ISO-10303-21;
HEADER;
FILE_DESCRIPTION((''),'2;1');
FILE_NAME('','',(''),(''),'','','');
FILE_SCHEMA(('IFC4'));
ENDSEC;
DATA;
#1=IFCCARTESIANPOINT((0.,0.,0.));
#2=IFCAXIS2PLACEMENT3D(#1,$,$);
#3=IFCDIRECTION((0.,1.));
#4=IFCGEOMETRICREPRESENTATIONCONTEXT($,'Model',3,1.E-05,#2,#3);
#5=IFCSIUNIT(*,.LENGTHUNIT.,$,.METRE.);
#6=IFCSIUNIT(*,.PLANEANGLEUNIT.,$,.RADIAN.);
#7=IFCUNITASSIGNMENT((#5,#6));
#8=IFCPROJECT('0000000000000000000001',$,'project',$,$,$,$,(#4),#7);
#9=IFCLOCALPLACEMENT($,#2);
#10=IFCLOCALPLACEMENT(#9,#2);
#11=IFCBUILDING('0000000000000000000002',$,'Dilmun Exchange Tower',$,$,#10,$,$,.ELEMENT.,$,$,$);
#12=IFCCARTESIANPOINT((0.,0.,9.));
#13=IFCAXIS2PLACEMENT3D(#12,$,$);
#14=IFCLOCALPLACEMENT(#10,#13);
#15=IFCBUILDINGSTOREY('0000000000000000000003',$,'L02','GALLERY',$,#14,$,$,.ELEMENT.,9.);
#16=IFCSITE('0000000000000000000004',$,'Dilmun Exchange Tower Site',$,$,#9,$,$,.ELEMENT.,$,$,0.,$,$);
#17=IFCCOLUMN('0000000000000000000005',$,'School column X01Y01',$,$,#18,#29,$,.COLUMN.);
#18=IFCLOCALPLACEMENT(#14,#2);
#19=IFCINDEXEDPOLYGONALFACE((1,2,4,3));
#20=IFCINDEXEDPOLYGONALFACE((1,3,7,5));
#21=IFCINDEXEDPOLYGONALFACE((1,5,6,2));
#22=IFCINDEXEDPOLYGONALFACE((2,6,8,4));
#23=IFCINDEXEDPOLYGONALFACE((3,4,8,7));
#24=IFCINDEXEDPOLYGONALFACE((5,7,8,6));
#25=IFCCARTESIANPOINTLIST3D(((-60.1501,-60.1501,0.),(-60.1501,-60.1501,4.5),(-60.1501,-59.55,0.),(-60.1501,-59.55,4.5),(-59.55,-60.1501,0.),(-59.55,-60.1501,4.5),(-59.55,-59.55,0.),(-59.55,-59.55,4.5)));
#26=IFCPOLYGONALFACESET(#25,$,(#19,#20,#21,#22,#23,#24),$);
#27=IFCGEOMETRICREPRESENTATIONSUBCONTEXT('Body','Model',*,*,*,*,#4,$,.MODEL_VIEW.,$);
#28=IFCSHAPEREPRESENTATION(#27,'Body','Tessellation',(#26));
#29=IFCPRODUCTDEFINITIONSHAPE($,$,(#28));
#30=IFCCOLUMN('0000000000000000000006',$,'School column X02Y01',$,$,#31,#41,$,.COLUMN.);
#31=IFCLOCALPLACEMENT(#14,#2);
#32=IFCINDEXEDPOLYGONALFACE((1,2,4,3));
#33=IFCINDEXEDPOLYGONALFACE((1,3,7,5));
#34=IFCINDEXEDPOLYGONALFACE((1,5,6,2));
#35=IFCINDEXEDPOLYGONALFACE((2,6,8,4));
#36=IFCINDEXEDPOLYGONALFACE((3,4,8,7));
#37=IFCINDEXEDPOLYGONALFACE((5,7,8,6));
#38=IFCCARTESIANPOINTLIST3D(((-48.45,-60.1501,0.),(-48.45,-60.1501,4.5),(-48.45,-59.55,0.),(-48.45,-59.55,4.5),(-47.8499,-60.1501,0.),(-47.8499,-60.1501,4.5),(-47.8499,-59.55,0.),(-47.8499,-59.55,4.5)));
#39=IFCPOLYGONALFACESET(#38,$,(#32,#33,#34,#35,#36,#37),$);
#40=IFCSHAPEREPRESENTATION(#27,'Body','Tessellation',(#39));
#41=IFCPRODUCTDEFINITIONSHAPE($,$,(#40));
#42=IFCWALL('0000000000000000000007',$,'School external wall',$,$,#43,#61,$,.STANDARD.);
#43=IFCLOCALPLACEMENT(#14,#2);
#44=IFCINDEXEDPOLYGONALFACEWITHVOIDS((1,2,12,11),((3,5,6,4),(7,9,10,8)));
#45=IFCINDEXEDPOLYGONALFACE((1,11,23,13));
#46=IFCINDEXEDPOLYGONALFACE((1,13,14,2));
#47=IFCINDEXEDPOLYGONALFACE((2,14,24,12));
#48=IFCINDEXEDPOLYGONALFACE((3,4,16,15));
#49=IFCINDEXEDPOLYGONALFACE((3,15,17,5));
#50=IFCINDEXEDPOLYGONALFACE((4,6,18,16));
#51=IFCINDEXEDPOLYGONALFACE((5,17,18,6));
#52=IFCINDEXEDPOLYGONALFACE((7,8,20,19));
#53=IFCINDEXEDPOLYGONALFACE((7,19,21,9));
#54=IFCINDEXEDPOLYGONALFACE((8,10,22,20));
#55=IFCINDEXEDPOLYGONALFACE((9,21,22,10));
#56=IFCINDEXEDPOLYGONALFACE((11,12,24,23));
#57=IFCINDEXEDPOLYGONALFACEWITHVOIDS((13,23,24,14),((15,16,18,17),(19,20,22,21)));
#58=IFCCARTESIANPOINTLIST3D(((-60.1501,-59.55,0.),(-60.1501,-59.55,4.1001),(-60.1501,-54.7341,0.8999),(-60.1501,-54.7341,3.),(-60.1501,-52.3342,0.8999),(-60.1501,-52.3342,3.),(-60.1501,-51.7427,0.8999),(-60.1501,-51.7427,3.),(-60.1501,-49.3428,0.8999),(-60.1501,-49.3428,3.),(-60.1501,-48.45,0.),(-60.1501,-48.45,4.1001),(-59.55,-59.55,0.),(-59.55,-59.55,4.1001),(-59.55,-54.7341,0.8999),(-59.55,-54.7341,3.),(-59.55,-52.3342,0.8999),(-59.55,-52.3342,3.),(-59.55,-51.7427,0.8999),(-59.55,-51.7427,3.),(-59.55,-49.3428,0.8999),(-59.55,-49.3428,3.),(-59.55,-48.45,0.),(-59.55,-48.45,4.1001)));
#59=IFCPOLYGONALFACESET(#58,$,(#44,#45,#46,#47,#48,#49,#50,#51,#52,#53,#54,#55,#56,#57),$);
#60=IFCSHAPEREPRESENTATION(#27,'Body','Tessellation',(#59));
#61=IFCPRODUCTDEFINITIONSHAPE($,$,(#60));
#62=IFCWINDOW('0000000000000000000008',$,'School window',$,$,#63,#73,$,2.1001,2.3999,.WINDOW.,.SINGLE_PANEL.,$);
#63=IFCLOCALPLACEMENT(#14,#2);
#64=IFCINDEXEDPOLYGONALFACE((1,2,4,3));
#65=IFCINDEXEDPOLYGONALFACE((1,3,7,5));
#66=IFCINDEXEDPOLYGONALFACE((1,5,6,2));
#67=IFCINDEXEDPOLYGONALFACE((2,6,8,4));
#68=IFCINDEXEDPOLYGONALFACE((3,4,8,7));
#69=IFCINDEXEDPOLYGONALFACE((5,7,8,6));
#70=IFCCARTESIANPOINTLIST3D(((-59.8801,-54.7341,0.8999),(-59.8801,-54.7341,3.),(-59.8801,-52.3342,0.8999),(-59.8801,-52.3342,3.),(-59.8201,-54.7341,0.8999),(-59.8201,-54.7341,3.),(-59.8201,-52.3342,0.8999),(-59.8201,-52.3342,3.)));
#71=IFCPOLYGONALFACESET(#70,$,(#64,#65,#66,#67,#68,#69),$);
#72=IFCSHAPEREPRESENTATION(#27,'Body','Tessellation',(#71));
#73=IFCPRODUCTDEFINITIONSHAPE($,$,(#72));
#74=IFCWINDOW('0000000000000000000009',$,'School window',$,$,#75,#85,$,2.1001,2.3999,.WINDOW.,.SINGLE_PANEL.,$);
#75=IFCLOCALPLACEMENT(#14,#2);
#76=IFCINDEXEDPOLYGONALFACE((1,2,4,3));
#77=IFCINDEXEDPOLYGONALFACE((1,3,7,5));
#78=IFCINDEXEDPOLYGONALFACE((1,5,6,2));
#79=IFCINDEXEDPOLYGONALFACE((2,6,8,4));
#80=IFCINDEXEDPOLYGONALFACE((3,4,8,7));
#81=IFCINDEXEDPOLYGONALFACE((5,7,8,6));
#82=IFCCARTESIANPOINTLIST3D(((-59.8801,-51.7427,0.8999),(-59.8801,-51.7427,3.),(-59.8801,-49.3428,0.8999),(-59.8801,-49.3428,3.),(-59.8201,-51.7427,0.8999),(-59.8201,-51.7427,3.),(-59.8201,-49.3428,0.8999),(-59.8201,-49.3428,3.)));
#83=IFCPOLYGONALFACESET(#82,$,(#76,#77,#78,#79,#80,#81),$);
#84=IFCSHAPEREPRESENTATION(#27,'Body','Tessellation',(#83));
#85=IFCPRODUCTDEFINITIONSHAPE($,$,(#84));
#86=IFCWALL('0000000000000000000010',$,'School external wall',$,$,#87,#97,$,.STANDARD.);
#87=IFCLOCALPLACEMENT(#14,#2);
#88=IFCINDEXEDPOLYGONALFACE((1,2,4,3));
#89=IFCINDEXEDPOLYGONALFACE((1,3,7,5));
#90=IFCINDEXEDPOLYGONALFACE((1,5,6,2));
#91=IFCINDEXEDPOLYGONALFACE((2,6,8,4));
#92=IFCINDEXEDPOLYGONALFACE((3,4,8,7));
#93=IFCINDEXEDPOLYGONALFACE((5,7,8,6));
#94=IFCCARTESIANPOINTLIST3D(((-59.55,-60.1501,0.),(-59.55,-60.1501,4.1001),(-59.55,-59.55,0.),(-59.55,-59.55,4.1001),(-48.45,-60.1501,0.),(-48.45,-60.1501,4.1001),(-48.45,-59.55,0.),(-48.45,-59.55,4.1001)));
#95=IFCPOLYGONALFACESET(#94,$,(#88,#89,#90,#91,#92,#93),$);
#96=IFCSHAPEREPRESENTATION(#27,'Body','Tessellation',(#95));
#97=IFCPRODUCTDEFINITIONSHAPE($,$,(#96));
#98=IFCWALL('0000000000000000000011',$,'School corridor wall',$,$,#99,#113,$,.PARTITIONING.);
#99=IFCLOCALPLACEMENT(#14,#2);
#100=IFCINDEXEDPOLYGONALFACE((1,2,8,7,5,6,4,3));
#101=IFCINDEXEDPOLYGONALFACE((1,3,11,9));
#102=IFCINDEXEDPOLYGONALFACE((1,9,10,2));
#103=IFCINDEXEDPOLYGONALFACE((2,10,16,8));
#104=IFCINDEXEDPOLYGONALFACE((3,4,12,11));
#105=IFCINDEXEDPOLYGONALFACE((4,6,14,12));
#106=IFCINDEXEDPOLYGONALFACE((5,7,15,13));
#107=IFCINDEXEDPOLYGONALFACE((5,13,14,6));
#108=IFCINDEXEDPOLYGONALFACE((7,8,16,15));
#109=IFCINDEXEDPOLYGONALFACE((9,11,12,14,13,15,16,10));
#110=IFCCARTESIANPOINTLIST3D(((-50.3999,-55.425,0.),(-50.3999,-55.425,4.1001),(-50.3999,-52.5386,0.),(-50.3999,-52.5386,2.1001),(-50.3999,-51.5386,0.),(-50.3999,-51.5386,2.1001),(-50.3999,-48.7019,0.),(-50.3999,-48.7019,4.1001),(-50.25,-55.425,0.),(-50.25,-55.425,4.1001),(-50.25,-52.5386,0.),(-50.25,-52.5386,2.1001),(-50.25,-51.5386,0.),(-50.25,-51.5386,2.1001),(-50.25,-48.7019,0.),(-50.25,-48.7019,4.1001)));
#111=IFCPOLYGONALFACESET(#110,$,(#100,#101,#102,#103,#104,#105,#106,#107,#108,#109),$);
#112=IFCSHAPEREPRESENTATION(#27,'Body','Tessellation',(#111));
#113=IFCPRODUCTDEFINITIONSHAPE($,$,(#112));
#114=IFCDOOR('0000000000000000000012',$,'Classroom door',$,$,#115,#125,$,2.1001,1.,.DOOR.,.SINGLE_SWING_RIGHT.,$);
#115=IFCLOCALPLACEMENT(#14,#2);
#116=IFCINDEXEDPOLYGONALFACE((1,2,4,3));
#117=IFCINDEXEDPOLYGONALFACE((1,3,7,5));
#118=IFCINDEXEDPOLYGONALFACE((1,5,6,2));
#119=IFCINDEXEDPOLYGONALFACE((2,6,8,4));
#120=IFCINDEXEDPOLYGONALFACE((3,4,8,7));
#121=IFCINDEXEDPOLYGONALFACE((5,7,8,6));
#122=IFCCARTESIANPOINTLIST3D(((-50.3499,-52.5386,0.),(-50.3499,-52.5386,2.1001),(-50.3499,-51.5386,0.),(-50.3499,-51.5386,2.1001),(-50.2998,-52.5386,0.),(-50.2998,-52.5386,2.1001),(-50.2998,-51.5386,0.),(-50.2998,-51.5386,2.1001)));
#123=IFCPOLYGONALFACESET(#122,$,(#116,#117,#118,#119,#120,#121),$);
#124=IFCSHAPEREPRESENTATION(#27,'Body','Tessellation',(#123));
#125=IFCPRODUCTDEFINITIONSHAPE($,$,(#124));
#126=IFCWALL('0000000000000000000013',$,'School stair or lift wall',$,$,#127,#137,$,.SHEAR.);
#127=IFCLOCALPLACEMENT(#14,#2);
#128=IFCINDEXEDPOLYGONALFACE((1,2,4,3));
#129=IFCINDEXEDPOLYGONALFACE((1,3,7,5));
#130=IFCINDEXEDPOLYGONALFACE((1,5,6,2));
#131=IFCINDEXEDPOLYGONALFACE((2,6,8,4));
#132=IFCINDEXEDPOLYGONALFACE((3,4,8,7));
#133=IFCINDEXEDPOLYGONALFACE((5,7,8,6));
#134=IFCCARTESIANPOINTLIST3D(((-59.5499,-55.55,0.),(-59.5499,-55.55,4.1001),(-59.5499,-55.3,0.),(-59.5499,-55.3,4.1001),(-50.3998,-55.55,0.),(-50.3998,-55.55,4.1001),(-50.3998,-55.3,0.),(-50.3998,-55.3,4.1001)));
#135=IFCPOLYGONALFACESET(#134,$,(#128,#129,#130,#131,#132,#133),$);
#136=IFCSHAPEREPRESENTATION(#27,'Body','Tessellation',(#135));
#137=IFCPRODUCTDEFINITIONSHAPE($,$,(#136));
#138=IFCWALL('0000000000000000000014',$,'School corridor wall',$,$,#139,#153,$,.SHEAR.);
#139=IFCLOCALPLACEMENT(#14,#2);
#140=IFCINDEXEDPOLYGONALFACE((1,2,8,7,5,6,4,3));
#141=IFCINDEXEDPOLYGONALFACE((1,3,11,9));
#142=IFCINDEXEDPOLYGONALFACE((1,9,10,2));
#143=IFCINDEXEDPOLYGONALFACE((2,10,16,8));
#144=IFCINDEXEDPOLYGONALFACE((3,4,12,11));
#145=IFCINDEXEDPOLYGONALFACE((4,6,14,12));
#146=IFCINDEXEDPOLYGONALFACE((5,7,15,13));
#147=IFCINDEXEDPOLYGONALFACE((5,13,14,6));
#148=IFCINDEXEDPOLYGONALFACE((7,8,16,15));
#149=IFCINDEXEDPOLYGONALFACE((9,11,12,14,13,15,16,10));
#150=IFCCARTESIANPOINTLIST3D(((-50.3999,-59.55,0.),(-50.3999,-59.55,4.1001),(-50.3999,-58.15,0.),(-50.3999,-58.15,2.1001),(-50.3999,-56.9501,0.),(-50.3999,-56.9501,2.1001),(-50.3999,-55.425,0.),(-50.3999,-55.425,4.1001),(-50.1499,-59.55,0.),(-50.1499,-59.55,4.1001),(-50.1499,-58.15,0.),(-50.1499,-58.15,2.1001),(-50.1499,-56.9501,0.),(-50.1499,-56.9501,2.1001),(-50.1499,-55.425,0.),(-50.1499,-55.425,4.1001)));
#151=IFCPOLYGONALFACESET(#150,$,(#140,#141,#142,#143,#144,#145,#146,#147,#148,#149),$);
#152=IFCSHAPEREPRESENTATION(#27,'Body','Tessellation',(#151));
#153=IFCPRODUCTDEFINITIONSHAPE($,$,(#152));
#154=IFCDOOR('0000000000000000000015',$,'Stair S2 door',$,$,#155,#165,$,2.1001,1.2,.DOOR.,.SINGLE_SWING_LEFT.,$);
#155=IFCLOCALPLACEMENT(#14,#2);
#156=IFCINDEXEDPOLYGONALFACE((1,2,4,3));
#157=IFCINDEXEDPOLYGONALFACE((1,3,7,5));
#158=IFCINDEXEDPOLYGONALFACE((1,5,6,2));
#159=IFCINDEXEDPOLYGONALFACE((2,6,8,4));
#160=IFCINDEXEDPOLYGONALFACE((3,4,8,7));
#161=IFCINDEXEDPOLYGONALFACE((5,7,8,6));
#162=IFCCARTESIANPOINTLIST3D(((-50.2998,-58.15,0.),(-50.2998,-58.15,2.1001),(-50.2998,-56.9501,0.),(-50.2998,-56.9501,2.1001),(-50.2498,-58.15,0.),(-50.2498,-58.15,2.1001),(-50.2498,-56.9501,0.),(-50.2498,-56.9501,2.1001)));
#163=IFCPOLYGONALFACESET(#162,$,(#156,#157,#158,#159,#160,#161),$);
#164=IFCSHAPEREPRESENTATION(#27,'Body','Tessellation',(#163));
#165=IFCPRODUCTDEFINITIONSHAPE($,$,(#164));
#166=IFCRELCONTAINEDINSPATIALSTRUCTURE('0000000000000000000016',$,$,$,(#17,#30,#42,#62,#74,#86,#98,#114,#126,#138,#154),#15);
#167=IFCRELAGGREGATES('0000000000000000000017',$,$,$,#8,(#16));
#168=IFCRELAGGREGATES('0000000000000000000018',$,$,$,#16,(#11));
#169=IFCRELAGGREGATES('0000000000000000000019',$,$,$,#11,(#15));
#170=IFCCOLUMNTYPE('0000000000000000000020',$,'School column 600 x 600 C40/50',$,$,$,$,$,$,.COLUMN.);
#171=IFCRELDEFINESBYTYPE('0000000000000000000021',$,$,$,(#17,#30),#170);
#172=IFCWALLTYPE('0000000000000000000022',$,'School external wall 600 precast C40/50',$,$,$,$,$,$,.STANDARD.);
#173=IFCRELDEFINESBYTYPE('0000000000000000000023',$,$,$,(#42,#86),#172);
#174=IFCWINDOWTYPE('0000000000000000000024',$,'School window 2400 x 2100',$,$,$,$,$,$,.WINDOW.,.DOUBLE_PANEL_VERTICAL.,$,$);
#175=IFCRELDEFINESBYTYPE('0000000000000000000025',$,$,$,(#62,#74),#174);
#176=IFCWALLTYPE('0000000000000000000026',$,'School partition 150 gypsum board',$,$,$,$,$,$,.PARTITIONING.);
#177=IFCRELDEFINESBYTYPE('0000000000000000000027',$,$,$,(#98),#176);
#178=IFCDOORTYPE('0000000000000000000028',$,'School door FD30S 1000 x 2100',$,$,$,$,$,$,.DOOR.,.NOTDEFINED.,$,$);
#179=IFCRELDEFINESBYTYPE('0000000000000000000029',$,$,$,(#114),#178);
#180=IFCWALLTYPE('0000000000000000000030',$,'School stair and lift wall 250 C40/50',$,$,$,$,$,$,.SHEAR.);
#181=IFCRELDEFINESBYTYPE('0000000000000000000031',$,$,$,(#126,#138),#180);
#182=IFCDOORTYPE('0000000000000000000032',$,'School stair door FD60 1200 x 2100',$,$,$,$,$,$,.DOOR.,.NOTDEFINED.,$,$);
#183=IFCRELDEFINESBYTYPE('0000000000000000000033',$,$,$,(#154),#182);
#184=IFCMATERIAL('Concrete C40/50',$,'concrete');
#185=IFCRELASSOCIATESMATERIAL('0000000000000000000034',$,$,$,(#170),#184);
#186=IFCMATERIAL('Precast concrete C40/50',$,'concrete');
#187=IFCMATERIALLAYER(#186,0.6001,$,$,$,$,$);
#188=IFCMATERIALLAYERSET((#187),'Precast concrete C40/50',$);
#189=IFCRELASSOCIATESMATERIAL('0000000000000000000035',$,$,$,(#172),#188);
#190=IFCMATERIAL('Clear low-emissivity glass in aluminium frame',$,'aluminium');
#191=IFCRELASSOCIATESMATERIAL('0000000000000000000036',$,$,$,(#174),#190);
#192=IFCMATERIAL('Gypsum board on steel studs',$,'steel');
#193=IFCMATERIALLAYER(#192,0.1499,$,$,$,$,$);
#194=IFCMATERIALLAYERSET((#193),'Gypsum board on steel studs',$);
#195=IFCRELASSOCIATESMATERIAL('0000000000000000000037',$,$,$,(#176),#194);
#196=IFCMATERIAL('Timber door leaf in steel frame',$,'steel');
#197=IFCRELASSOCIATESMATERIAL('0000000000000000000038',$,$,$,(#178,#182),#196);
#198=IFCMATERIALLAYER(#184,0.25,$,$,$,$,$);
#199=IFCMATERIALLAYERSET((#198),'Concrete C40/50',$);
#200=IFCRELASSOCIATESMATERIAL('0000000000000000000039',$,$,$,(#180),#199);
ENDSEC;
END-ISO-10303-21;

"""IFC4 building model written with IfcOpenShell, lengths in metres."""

from ifc_helpers import new_model, si_unit, direction, frame, frame_2d, origin, origin_2d, place, context, subcontext, project, spatial, rectangle, extrude, material, layer, layer_set, material_profile, profile_set, type_object, element, fill, save


model = new_model("IFC4")

# Units and contexts
model_context = context("Model", 3, precision=1e-05, world=origin(), true_north=direction((0.0, 1.0)))
body_context = subcontext(model_context, "Body", "Model", "MODEL_VIEW")
ifc_project = project(units=[si_unit("LENGTHUNIT", "METRE"), si_unit("PLANEANGLEUNIT", "RADIAN")], contexts=[model_context])

# Site, building, storey
site_placement = place(None, origin())
site = spatial("IfcSite", under=ifc_project, at=site_placement, Name="Dilmun Exchange Tower Site", CompositionType="ELEMENT", RefElevation=0.0)
building_placement = place(site_placement, origin())
building = spatial("IfcBuilding", under=site, at=building_placement, Name="Dilmun Exchange Tower", CompositionType="ELEMENT")
storey_placement = place(building_placement, frame((0.0, 0.0, 9.0)))
storey = spatial("IfcBuildingStorey", under=building, at=storey_placement, Name="L02", Description="GALLERY", CompositionType="ELEMENT", Elevation=9.0)

# Columns
ifc_material_1 = material(Name="Concrete C40/50", Category="concrete")
ifc_material_profile = material_profile(ifc_material_1, rectangle(XDim=0.6001, YDim=0.6001, at=origin_2d()), Name="600 x 600")
ifc_profile_set = profile_set([ifc_material_profile], Name="Concrete C40/50")
column_type = type_object("IfcColumnType", Name="School column 600 x 600 C40/50", PredefinedType="COLUMN", material=ifc_profile_set)
for number, where, z_axis, x_axis, name in (
    (1, (-59.8501, -59.8501, 0.0), (0.0, 0.0, 1.0), (1.0, 0.0, 0.0), "School column X01Y01"),
    (2, (-48.1499, -59.8501, 0.0), (0.0, 0.0, 1.0), (1.0, 0.0, 0.0), "School column X02Y01"),
):
    element("IfcColumn", number, at=place(storey_placement, frame(where, z_axis=z_axis, x_axis=x_axis)), inside=storey, type_object=column_type, Name=name, PredefinedType="COLUMN", context=body_context, shape_type="SweptSolid", body=[
        extrude(rectangle(XDim=0.6001, YDim=0.6001, at=origin_2d()), origin(), (0.0, 0.0, 1.0), 4.5),
    ])

# Wall, openings, windows
ifc_material_2 = material(Name="Precast concrete C40/50", Category="concrete")
ifc_layer_1 = layer(ifc_material_2, 0.6001)
ifc_layer_set_1 = layer_set([ifc_layer_1], Name="Precast concrete C40/50")
wall_type_1 = type_object("IfcWallType", Name="School external wall 600 precast C40/50", PredefinedType="STANDARD", material=ifc_layer_set_1)
wall_1_placement = place(storey_placement, frame((-59.8501, -59.55, 0.0), z_axis=(0.0, 0.0, 1.0), x_axis=(0.0, 1.0, 0.0)))
wall_1 = element("IfcWall", 3, at=wall_1_placement, inside=storey, type_object=wall_type_1, Name="School external wall", PredefinedType="STANDARD", context=body_context, shape_type="SweptSolid", body=[
    extrude(rectangle(XDim=11.1001, YDim=0.6001, at=frame_2d((5.55, 0.0))), origin(), (0.0, 0.0, 1.0), 4.1001),
])
opening_1_placement = place(wall_1_placement, frame((4.8159, 0.0, 0.8999)))
opening_1 = element("IfcOpeningElement", 4, at=opening_1_placement, cuts=wall_1, PredefinedType="OPENING", context=body_context, shape_type="SweptSolid", body=[
    extrude(rectangle(XDim=2.3999, YDim=2.1001, at=frame_2d((1.2, 1.05))), frame((0.0, 0.3101, 0.0), z_axis=(0.0, -1.0, 0.0), x_axis=(1.0, 0.0, 0.0)), (0.0, 0.0, 1.0), 0.6201),
])
opening_2_placement = place(wall_1_placement, frame((7.8074, 0.0, 0.8999)))
opening_2 = element("IfcOpeningElement", 5, at=opening_2_placement, cuts=wall_1, PredefinedType="OPENING", context=body_context, shape_type="SweptSolid", body=[
    extrude(rectangle(XDim=2.3999, YDim=2.1001, at=frame_2d((1.2, 1.05))), frame((0.0, 0.3101, 0.0), z_axis=(0.0, -1.0, 0.0), x_axis=(1.0, 0.0, 0.0)), (0.0, 0.0, 1.0), 0.6201),
])
ifc_material_3 = material(Name="Clear low-emissivity glass in aluminium frame", Category="aluminium")
window_type = type_object("IfcWindowType", Name="School window 2400 x 2100", PartitioningType="DOUBLE_PANEL_VERTICAL", PredefinedType="WINDOW", material=ifc_material_3)
window_1_placement = place(opening_1_placement, origin())
window_1 = element("IfcWindow", 6, at=window_1_placement, inside=storey, type_object=window_type, Name="School window", OverallHeight=2.1001, OverallWidth=2.3999, PartitioningType="SINGLE_PANEL", PredefinedType="WINDOW", context=body_context, shape_type="SweptSolid", body=[
    extrude(rectangle(XDim=2.3999, YDim=2.1001, at=frame_2d((1.2, 1.05))), frame((0.0, 0.03, 0.0), z_axis=(0.0, -1.0, 0.0), x_axis=(1.0, 0.0, 0.0)), (0.0, 0.0, 1.0), 0.0601),
])
fill(opening_1, window_1)
window_2_placement = place(opening_2_placement, origin())
window_2 = element("IfcWindow", 7, at=window_2_placement, inside=storey, type_object=window_type, Name="School window", OverallHeight=2.1001, OverallWidth=2.3999, PartitioningType="SINGLE_PANEL", PredefinedType="WINDOW", context=body_context, shape_type="SweptSolid", body=[
    extrude(rectangle(XDim=2.3999, YDim=2.1001, at=frame_2d((1.2, 1.05))), frame((0.0, 0.03, 0.0), z_axis=(0.0, -1.0, 0.0), x_axis=(1.0, 0.0, 0.0)), (0.0, 0.0, 1.0), 0.0601),
])
fill(opening_2, window_2)

# Wall
wall_2_placement = place(storey_placement, frame((-48.45, -59.8501, 0.0), z_axis=(0.0, 0.0, 1.0), x_axis=(-1.0, 0.0, 0.0)))
element("IfcWall", 8, at=wall_2_placement, inside=storey, type_object=wall_type_1, Name="School external wall", PredefinedType="STANDARD", context=body_context, shape_type="SweptSolid", body=[
    extrude(rectangle(XDim=11.1001, YDim=0.6001, at=frame_2d((5.55, 0.0))), origin(), (0.0, 0.0, 1.0), 4.1001),
])

# Wall, opening, door
ifc_material_4 = material(Name="Gypsum board on steel studs", Category="steel")
ifc_layer_2 = layer(ifc_material_4, 0.1499)
ifc_layer_set_2 = layer_set([ifc_layer_2], Name="Gypsum board on steel studs")
wall_type_2 = type_object("IfcWallType", Name="School partition 150 gypsum board", PredefinedType="PARTITIONING", material=ifc_layer_set_2)
wall_3_placement = place(storey_placement, frame((-50.325, -55.425, 0.0), z_axis=(0.0, 0.0, 1.0), x_axis=(0.0, 1.0, 0.0)))
wall_3 = element("IfcWall", 9, at=wall_3_placement, inside=storey, type_object=wall_type_2, Name="School corridor wall", PredefinedType="PARTITIONING", context=body_context, shape_type="SweptSolid", body=[
    extrude(rectangle(XDim=6.7231, YDim=0.1499, at=frame_2d((3.3616, 0.0))), origin(), (0.0, 0.0, 1.0), 4.1001),
])
opening_3_placement = place(wall_3_placement, frame((2.8865, 0.0, 0.0)))
opening_3 = element("IfcOpeningElement", 10, at=opening_3_placement, cuts=wall_3, PredefinedType="OPENING", context=body_context, shape_type="SweptSolid", body=[
    extrude(rectangle(XDim=1.0, YDim=2.1001, at=frame_2d((0.5, 1.05))), frame((0.0, 0.085, 0.0), z_axis=(0.0, -1.0, 0.0), x_axis=(1.0, 0.0, 0.0)), (0.0, 0.0, 1.0), 0.1699),
])
ifc_material_5 = material(Name="Timber door leaf in steel frame", Category="steel")
door_type_1 = type_object("IfcDoorType", Name="School door FD30S 1000 x 2100", OperationType="NOTDEFINED", PredefinedType="DOOR", material=ifc_material_5)
door_1_placement = place(opening_3_placement, origin())
door_1 = element("IfcDoor", 11, at=door_1_placement, inside=storey, type_object=door_type_1, Name="Classroom door", OperationType="SINGLE_SWING_RIGHT", OverallHeight=2.1001, OverallWidth=1.0, PredefinedType="DOOR", context=body_context, shape_type="SweptSolid", body=[
    extrude(rectangle(XDim=1.0, YDim=2.1001, at=frame_2d((0.5, 1.05))), frame((0.0, 0.0249, 0.0), z_axis=(0.0, -1.0, 0.0), x_axis=(1.0, 0.0, 0.0)), (0.0, 0.0, 1.0), 0.05),
])
fill(opening_3, door_1)

# Wall
ifc_layer_3 = layer(ifc_material_1, 0.25)
ifc_layer_set_3 = layer_set([ifc_layer_3], Name="Concrete C40/50")
wall_type_3 = type_object("IfcWallType", Name="School stair and lift wall 250 C40/50", PredefinedType="SHEAR", material=ifc_layer_set_3)
wall_4_placement = place(storey_placement, frame((-59.55, -55.425, 0.0), z_axis=(0.0, 0.0, 1.0), x_axis=(1.0, 0.0, 0.0)))
element("IfcWall", 12, at=wall_4_placement, inside=storey, type_object=wall_type_3, Name="School stair or lift wall", PredefinedType="SHEAR", context=body_context, shape_type="SweptSolid", body=[
    extrude(rectangle(XDim=9.1501, YDim=0.25, at=frame_2d((4.5752, 0.0))), origin(), (0.0, 0.0, 1.0), 4.1001),
])

# Wall, opening, door
wall_5_placement = place(storey_placement, frame((-50.2749, -59.55, 0.0), z_axis=(0.0, 0.0, 1.0), x_axis=(0.0, 1.0, 0.0)))
wall_5 = element("IfcWall", 13, at=wall_5_placement, inside=storey, type_object=wall_type_3, Name="School corridor wall", PredefinedType="SHEAR", context=body_context, shape_type="SweptSolid", body=[
    extrude(rectangle(XDim=4.125, YDim=0.25, at=frame_2d((2.0625, 0.0))), origin(), (0.0, 0.0, 1.0), 4.1001),
])
opening_4_placement = place(wall_5_placement, frame((1.3999, 0.0, 0.0)))
opening_4 = element("IfcOpeningElement", 14, at=opening_4_placement, cuts=wall_5, PredefinedType="OPENING", context=body_context, shape_type="SweptSolid", body=[
    extrude(rectangle(XDim=1.2, YDim=2.1001, at=frame_2d((0.6001, 1.05))), frame((0.0, 0.135, 0.0), z_axis=(0.0, -1.0, 0.0), x_axis=(1.0, 0.0, 0.0)), (0.0, 0.0, 1.0), 0.27),
])
door_type_2 = type_object("IfcDoorType", Name="School stair door FD60 1200 x 2100", OperationType="NOTDEFINED", PredefinedType="DOOR", material=ifc_material_5)
door_2_placement = place(opening_4_placement, origin())
door_2 = element("IfcDoor", 15, at=door_2_placement, inside=storey, type_object=door_type_2, Name="Stair S2 door", OperationType="SINGLE_SWING_LEFT", OverallHeight=2.1001, OverallWidth=1.2, PredefinedType="DOOR", context=body_context, shape_type="SweptSolid", body=[
    extrude(rectangle(XDim=1.2, YDim=2.1001, at=frame_2d((0.6001, 1.05))), frame((0.0, 0.0249, 0.0), z_axis=(0.0, -1.0, 0.0), x_axis=(1.0, 0.0, 0.0)), (0.0, 0.0, 1.0), 0.05),
])
fill(opening_4, door_2)

save(model, "model.ifc")
